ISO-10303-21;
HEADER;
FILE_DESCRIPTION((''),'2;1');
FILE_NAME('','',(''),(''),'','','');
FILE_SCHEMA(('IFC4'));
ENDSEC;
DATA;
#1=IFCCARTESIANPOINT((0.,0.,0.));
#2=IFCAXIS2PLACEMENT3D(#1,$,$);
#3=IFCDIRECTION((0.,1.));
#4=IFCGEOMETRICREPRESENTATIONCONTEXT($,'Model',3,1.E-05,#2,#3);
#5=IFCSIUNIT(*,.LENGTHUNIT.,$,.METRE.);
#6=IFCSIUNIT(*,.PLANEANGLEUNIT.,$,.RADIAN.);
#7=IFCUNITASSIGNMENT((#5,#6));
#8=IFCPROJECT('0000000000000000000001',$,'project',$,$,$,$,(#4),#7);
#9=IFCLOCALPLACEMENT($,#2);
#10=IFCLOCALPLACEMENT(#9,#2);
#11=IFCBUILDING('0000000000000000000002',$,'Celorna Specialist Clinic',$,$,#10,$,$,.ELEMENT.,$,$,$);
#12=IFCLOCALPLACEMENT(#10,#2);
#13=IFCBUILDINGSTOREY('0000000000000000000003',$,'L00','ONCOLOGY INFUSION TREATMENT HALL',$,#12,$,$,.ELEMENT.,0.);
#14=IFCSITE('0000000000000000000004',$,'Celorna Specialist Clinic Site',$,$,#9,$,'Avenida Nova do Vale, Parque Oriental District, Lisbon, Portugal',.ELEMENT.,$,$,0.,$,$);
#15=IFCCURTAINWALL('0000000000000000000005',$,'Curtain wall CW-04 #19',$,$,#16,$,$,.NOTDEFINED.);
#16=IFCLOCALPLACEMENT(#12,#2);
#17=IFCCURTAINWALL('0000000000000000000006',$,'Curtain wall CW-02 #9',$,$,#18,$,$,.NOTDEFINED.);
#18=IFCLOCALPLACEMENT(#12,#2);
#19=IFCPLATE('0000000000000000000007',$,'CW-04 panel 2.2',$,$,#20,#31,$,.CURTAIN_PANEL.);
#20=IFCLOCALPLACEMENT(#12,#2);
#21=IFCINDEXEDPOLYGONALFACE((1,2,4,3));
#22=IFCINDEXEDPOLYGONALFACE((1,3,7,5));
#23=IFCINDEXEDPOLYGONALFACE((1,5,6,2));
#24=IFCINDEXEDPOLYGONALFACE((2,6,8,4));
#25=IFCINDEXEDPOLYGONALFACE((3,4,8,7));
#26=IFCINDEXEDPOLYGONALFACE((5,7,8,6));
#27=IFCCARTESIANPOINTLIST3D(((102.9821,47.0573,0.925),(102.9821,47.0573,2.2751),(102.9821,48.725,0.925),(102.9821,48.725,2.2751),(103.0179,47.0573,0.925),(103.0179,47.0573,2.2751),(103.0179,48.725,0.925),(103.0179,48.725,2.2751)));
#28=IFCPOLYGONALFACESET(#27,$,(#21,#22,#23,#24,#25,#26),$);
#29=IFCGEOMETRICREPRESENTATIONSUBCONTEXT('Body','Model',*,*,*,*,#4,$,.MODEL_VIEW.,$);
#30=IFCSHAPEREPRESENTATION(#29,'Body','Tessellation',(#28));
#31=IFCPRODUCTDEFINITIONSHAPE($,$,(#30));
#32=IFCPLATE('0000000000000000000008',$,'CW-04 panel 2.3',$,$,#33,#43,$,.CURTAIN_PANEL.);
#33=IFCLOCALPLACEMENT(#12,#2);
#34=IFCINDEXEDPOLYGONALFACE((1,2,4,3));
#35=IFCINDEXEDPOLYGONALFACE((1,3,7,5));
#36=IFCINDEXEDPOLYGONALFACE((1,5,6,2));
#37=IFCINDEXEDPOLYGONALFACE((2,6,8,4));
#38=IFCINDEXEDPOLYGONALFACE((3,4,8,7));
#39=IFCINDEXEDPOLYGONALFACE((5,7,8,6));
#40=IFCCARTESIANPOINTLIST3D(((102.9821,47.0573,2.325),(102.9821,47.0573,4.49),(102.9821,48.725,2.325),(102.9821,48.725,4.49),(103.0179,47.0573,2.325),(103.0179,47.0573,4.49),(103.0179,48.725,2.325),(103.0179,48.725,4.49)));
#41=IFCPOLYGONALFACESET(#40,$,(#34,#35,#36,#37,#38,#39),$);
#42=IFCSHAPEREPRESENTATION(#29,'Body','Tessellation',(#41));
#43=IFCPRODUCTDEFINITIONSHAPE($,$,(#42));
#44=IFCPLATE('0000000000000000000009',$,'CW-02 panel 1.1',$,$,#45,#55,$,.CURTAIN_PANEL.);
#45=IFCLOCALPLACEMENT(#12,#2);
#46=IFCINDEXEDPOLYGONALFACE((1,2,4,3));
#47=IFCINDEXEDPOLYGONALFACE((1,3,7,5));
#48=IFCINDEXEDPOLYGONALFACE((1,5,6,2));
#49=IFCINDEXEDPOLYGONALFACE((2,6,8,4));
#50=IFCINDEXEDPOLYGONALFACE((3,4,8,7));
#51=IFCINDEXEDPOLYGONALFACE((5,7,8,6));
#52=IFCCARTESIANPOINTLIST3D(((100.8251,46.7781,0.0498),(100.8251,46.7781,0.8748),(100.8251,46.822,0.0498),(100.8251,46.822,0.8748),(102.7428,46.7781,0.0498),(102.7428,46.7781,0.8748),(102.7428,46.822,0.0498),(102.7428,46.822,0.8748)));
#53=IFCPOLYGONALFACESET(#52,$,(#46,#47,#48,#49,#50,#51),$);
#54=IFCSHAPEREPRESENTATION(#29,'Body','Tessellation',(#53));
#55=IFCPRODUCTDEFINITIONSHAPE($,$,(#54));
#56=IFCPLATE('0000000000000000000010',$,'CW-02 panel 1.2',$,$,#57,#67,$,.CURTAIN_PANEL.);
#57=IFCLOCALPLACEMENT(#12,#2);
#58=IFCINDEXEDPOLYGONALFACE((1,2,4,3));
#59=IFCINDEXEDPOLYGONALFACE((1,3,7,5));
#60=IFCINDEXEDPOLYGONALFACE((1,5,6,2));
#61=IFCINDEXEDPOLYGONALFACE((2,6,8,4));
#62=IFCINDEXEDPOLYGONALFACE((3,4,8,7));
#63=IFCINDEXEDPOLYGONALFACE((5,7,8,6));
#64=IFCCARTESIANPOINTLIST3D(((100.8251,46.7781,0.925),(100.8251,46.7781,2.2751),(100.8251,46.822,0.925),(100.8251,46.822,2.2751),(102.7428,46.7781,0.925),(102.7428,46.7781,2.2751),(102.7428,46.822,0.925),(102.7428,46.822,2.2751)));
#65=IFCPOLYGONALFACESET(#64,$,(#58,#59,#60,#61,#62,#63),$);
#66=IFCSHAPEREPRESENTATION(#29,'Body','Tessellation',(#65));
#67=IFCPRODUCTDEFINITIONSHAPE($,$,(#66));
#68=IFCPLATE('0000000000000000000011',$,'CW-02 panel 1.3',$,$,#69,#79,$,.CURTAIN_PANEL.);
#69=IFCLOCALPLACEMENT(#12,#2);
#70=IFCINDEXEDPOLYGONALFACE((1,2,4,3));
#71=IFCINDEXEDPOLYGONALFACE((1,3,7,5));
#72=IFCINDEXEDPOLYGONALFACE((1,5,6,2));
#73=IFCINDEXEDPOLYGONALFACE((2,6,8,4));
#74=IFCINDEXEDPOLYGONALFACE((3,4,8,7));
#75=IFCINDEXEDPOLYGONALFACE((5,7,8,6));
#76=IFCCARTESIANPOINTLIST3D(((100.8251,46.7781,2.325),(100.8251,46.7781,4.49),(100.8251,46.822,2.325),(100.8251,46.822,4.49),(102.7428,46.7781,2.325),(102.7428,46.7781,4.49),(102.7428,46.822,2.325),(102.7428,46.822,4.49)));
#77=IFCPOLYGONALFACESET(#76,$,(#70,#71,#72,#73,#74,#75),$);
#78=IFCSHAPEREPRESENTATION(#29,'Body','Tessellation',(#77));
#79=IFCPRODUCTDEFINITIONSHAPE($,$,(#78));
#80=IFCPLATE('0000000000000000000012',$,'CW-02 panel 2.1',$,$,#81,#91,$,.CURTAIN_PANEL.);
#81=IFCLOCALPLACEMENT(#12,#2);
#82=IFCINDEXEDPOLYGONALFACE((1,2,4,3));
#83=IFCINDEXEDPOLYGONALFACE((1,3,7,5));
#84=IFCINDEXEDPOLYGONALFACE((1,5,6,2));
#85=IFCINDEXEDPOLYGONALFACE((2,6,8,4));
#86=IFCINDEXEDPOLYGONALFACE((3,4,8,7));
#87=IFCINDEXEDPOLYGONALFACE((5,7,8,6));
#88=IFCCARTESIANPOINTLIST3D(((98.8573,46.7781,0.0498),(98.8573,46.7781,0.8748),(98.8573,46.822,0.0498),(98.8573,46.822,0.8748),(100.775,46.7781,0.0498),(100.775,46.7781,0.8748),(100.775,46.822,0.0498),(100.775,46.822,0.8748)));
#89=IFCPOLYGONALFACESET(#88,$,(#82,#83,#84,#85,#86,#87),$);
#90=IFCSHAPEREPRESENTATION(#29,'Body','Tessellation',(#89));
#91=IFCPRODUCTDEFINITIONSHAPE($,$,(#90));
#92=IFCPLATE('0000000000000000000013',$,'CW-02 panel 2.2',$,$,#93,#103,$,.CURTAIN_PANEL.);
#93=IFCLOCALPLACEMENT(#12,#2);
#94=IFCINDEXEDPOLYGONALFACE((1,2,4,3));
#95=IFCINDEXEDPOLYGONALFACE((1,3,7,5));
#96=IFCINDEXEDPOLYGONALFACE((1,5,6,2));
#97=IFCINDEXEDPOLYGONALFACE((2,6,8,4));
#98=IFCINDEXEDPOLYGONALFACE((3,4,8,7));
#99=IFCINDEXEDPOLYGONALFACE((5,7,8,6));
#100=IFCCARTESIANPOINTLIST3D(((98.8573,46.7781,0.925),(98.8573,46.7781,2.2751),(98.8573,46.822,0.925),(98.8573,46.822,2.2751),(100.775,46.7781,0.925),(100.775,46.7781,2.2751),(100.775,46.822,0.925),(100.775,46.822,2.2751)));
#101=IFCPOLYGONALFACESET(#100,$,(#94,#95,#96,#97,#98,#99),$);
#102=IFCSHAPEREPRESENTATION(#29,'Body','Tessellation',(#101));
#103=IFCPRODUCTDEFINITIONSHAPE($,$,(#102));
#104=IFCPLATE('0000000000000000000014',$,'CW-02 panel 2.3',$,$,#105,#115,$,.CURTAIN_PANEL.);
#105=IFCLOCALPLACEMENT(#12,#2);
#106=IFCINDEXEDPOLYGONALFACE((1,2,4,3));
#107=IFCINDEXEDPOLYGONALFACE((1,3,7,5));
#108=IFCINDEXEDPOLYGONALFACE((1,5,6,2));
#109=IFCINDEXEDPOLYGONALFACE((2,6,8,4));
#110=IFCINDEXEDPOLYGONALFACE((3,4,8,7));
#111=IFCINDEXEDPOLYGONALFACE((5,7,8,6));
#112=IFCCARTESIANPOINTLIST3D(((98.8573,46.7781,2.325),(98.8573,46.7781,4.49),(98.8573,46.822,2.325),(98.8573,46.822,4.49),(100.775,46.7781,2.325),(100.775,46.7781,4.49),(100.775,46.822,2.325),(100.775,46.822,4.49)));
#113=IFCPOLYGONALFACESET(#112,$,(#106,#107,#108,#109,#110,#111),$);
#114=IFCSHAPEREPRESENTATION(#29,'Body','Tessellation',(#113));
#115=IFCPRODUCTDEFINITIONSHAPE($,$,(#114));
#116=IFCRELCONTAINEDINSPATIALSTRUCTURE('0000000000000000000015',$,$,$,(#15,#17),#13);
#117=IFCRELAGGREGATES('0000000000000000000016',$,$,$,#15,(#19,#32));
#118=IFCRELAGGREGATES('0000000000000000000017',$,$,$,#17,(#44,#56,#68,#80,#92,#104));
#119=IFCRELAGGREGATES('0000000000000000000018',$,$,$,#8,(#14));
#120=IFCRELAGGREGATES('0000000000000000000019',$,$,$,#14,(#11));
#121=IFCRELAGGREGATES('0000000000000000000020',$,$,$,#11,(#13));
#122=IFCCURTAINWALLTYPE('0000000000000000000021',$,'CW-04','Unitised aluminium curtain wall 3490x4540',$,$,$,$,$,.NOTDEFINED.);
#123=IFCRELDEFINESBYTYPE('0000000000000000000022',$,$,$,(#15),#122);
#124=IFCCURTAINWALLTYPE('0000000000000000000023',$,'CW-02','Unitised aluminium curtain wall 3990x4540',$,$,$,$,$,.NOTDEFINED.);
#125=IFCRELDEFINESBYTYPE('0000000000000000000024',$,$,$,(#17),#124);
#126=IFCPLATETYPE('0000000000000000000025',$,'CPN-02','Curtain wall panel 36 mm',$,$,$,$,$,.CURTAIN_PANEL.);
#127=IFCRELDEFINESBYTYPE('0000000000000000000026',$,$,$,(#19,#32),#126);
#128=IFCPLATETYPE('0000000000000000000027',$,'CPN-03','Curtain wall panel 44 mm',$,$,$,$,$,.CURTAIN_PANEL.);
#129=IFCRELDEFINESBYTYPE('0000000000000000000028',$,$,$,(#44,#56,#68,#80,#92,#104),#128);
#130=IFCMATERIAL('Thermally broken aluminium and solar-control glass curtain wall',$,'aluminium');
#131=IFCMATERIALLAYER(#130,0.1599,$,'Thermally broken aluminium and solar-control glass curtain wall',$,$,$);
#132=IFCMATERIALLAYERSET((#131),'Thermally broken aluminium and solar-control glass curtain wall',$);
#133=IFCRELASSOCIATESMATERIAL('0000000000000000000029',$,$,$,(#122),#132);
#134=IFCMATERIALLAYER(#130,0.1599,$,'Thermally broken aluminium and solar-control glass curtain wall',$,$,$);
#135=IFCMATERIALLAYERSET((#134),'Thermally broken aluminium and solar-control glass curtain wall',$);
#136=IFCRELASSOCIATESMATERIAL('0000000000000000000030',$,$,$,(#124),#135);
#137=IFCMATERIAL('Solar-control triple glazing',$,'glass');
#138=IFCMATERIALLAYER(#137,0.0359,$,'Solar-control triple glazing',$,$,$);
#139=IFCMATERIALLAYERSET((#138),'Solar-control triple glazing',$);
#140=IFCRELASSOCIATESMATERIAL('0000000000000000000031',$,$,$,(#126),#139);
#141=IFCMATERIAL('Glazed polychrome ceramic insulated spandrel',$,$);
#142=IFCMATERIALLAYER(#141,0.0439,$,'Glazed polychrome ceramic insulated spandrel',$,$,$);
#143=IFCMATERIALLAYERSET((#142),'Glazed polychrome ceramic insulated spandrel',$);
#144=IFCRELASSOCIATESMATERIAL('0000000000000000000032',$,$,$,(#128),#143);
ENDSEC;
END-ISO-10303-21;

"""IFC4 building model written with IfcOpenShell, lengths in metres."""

from ifc_helpers import new_model, si_unit, direction, frame, origin, origin_2d, place, context, subcontext, project, spatial, rectangle, extrude, material, layer, layer_set, type_object, element, aggregate, save


model = new_model("IFC4")

# Units and contexts
model_context = context("Model", 3, precision=1e-05, world=origin(), true_north=direction((0.0, 1.0)))
body_context = subcontext(model_context, "Body", "Model", "MODEL_VIEW")
ifc_project = project(units=[si_unit("LENGTHUNIT", "METRE"), si_unit("PLANEANGLEUNIT", "RADIAN")], contexts=[model_context])

# Site, building, storey
site_placement = place(None, origin())
site = spatial("IfcSite", under=ifc_project, at=site_placement, Name="Celorna Specialist Clinic Site", LongName="Avenida Nova do Vale, Parque Oriental District, Lisbon, Portugal", CompositionType="ELEMENT", RefElevation=0.0)
building_placement = place(site_placement, origin())
building = spatial("IfcBuilding", under=site, at=building_placement, Name="Celorna Specialist Clinic", CompositionType="ELEMENT")
storey_placement = place(building_placement, origin())
storey = spatial("IfcBuildingStorey", under=building, at=storey_placement, Name="L00", Description="ONCOLOGY INFUSION TREATMENT HALL", CompositionType="ELEMENT", Elevation=0.0)

# Curtain walls
ifc_material_1 = material(Name="Thermally broken aluminium and solar-control glass curtain wall", Category="aluminium")
ifc_layer_1 = layer(ifc_material_1, 0.1599, Name="Thermally broken aluminium and solar-control glass curtain wall")
ifc_layer_set_1 = layer_set([ifc_layer_1], Name="Thermally broken aluminium and solar-control glass curtain wall")
curtain_wall_type_1 = type_object("IfcCurtainWallType", Name="CW-04", Description="Unitised aluminium curtain wall 3490x4540", PredefinedType="NOTDEFINED", material=ifc_layer_set_1)
curtain_wall_1_placement = place(storey_placement, origin())
curtain_wall_1 = element("IfcCurtainWall", 1, at=curtain_wall_1_placement, inside=storey, type_object=curtain_wall_type_1, Name="Curtain wall CW-04 #19", PredefinedType="NOTDEFINED")
ifc_layer_2 = layer(ifc_material_1, 0.1599, Name="Thermally broken aluminium and solar-control glass curtain wall")
ifc_layer_set_2 = layer_set([ifc_layer_2], Name="Thermally broken aluminium and solar-control glass curtain wall")
curtain_wall_type_2 = type_object("IfcCurtainWallType", Name="CW-02", Description="Unitised aluminium curtain wall 3990x4540", PredefinedType="NOTDEFINED", material=ifc_layer_set_2)
curtain_wall_2_placement = place(storey_placement, origin())
curtain_wall_2 = element("IfcCurtainWall", 2, at=curtain_wall_2_placement, inside=storey, type_object=curtain_wall_type_2, Name="Curtain wall CW-02 #9", PredefinedType="NOTDEFINED")

# Plates
ifc_material_2 = material(Name="Solar-control triple glazing", Category="glass")
ifc_layer_3 = layer(ifc_material_2, 0.0359, Name="Solar-control triple glazing")
ifc_layer_set_3 = layer_set([ifc_layer_3], Name="Solar-control triple glazing")
plate_type_1 = type_object("IfcPlateType", Name="CPN-02", Description="Curtain wall panel 36 mm", PredefinedType="CURTAIN_PANEL", material=ifc_layer_set_3)
plate_1_placement = place(storey_placement, frame((103.0, 47.8911, 0.925), z_axis=(0.0, 0.0, 1.0), x_axis=(0.0, -1.0, 0.0)))
plate_1 = element("IfcPlate", 3, at=plate_1_placement, type_object=plate_type_1, Name="CW-04 panel 2.2", PredefinedType="CURTAIN_PANEL", context=body_context, shape_type="SweptSolid", body=[
    extrude(rectangle(XDim=1.6677, YDim=0.0359, at=origin_2d()), origin(), (0.0, 0.0, 1.0), 1.3501),
])
plate_2_placement = place(storey_placement, frame((103.0, 47.8911, 2.325), z_axis=(0.0, 0.0, 1.0), x_axis=(0.0, -1.0, 0.0)))
plate_2 = element("IfcPlate", 4, at=plate_2_placement, type_object=plate_type_1, Name="CW-04 panel 2.3", PredefinedType="CURTAIN_PANEL", context=body_context, shape_type="SweptSolid", body=[
    extrude(rectangle(XDim=1.6677, YDim=0.0359, at=origin_2d()), origin(), (0.0, 0.0, 1.0), 2.165),
])
aggregate(curtain_wall_1, [plate_1, plate_2])
ifc_material_3 = material(Name="Glazed polychrome ceramic insulated spandrel")
ifc_layer_4 = layer(ifc_material_3, 0.0439, Name="Glazed polychrome ceramic insulated spandrel")
ifc_layer_set_4 = layer_set([ifc_layer_4], Name="Glazed polychrome ceramic insulated spandrel")
plate_type_2 = type_object("IfcPlateType", Name="CPN-03", Description="Curtain wall panel 44 mm", PredefinedType="CURTAIN_PANEL", material=ifc_layer_set_4)
plate_3_placement = place(storey_placement, frame((101.7839, 46.8, 0.0498), z_axis=(0.0, 0.0, 1.0), x_axis=(-1.0, 0.0, 0.0)))
plate_3 = element("IfcPlate", 5, at=plate_3_placement, type_object=plate_type_2, Name="CW-02 panel 1.1", PredefinedType="CURTAIN_PANEL", context=body_context, shape_type="SweptSolid", body=[
    extrude(rectangle(XDim=1.9177, YDim=0.0439, at=origin_2d()), origin(), (0.0, 0.0, 1.0), 0.825),
])
plate_4_placement = place(storey_placement, frame((101.7839, 46.8, 0.925), z_axis=(0.0, 0.0, 1.0), x_axis=(-1.0, 0.0, 0.0)))
plate_4 = element("IfcPlate", 6, at=plate_4_placement, type_object=plate_type_2, Name="CW-02 panel 1.2", PredefinedType="CURTAIN_PANEL", context=body_context, shape_type="SweptSolid", body=[
    extrude(rectangle(XDim=1.9177, YDim=0.0439, at=origin_2d()), origin(), (0.0, 0.0, 1.0), 1.3501),
])
plate_5_placement = place(storey_placement, frame((101.7839, 46.8, 2.325), z_axis=(0.0, 0.0, 1.0), x_axis=(-1.0, 0.0, 0.0)))
plate_5 = element("IfcPlate", 7, at=plate_5_placement, type_object=plate_type_2, Name="CW-02 panel 1.3", PredefinedType="CURTAIN_PANEL", context=body_context, shape_type="SweptSolid", body=[
    extrude(rectangle(XDim=1.9177, YDim=0.0439, at=origin_2d()), origin(), (0.0, 0.0, 1.0), 2.165),
])
plate_6_placement = place(storey_placement, frame((99.8162, 46.8, 0.0498), z_axis=(0.0, 0.0, 1.0), x_axis=(-1.0, 0.0, 0.0)))
plate_6 = element("IfcPlate", 8, at=plate_6_placement, type_object=plate_type_2, Name="CW-02 panel 2.1", PredefinedType="CURTAIN_PANEL", context=body_context, shape_type="SweptSolid", body=[
    extrude(rectangle(XDim=1.9177, YDim=0.0439, at=origin_2d()), origin(), (0.0, 0.0, 1.0), 0.825),
])
plate_7_placement = place(storey_placement, frame((99.8162, 46.8, 0.925), z_axis=(0.0, 0.0, 1.0), x_axis=(-1.0, 0.0, 0.0)))
plate_7 = element("IfcPlate", 9, at=plate_7_placement, type_object=plate_type_2, Name="CW-02 panel 2.2", PredefinedType="CURTAIN_PANEL", context=body_context, shape_type="SweptSolid", body=[
    extrude(rectangle(XDim=1.9177, YDim=0.0439, at=origin_2d()), origin(), (0.0, 0.0, 1.0), 1.3501),
])
plate_8_placement = place(storey_placement, frame((99.8162, 46.8, 2.325), z_axis=(0.0, 0.0, 1.0), x_axis=(-1.0, 0.0, 0.0)))
plate_8 = element("IfcPlate", 10, at=plate_8_placement, type_object=plate_type_2, Name="CW-02 panel 2.3", PredefinedType="CURTAIN_PANEL", context=body_context, shape_type="SweptSolid", body=[
    extrude(rectangle(XDim=1.9177, YDim=0.0439, at=origin_2d()), origin(), (0.0, 0.0, 1.0), 2.165),
])
aggregate(curtain_wall_2, [plate_3, plate_4, plate_5, plate_6, plate_7, plate_8])

save(model, "model.ifc")
